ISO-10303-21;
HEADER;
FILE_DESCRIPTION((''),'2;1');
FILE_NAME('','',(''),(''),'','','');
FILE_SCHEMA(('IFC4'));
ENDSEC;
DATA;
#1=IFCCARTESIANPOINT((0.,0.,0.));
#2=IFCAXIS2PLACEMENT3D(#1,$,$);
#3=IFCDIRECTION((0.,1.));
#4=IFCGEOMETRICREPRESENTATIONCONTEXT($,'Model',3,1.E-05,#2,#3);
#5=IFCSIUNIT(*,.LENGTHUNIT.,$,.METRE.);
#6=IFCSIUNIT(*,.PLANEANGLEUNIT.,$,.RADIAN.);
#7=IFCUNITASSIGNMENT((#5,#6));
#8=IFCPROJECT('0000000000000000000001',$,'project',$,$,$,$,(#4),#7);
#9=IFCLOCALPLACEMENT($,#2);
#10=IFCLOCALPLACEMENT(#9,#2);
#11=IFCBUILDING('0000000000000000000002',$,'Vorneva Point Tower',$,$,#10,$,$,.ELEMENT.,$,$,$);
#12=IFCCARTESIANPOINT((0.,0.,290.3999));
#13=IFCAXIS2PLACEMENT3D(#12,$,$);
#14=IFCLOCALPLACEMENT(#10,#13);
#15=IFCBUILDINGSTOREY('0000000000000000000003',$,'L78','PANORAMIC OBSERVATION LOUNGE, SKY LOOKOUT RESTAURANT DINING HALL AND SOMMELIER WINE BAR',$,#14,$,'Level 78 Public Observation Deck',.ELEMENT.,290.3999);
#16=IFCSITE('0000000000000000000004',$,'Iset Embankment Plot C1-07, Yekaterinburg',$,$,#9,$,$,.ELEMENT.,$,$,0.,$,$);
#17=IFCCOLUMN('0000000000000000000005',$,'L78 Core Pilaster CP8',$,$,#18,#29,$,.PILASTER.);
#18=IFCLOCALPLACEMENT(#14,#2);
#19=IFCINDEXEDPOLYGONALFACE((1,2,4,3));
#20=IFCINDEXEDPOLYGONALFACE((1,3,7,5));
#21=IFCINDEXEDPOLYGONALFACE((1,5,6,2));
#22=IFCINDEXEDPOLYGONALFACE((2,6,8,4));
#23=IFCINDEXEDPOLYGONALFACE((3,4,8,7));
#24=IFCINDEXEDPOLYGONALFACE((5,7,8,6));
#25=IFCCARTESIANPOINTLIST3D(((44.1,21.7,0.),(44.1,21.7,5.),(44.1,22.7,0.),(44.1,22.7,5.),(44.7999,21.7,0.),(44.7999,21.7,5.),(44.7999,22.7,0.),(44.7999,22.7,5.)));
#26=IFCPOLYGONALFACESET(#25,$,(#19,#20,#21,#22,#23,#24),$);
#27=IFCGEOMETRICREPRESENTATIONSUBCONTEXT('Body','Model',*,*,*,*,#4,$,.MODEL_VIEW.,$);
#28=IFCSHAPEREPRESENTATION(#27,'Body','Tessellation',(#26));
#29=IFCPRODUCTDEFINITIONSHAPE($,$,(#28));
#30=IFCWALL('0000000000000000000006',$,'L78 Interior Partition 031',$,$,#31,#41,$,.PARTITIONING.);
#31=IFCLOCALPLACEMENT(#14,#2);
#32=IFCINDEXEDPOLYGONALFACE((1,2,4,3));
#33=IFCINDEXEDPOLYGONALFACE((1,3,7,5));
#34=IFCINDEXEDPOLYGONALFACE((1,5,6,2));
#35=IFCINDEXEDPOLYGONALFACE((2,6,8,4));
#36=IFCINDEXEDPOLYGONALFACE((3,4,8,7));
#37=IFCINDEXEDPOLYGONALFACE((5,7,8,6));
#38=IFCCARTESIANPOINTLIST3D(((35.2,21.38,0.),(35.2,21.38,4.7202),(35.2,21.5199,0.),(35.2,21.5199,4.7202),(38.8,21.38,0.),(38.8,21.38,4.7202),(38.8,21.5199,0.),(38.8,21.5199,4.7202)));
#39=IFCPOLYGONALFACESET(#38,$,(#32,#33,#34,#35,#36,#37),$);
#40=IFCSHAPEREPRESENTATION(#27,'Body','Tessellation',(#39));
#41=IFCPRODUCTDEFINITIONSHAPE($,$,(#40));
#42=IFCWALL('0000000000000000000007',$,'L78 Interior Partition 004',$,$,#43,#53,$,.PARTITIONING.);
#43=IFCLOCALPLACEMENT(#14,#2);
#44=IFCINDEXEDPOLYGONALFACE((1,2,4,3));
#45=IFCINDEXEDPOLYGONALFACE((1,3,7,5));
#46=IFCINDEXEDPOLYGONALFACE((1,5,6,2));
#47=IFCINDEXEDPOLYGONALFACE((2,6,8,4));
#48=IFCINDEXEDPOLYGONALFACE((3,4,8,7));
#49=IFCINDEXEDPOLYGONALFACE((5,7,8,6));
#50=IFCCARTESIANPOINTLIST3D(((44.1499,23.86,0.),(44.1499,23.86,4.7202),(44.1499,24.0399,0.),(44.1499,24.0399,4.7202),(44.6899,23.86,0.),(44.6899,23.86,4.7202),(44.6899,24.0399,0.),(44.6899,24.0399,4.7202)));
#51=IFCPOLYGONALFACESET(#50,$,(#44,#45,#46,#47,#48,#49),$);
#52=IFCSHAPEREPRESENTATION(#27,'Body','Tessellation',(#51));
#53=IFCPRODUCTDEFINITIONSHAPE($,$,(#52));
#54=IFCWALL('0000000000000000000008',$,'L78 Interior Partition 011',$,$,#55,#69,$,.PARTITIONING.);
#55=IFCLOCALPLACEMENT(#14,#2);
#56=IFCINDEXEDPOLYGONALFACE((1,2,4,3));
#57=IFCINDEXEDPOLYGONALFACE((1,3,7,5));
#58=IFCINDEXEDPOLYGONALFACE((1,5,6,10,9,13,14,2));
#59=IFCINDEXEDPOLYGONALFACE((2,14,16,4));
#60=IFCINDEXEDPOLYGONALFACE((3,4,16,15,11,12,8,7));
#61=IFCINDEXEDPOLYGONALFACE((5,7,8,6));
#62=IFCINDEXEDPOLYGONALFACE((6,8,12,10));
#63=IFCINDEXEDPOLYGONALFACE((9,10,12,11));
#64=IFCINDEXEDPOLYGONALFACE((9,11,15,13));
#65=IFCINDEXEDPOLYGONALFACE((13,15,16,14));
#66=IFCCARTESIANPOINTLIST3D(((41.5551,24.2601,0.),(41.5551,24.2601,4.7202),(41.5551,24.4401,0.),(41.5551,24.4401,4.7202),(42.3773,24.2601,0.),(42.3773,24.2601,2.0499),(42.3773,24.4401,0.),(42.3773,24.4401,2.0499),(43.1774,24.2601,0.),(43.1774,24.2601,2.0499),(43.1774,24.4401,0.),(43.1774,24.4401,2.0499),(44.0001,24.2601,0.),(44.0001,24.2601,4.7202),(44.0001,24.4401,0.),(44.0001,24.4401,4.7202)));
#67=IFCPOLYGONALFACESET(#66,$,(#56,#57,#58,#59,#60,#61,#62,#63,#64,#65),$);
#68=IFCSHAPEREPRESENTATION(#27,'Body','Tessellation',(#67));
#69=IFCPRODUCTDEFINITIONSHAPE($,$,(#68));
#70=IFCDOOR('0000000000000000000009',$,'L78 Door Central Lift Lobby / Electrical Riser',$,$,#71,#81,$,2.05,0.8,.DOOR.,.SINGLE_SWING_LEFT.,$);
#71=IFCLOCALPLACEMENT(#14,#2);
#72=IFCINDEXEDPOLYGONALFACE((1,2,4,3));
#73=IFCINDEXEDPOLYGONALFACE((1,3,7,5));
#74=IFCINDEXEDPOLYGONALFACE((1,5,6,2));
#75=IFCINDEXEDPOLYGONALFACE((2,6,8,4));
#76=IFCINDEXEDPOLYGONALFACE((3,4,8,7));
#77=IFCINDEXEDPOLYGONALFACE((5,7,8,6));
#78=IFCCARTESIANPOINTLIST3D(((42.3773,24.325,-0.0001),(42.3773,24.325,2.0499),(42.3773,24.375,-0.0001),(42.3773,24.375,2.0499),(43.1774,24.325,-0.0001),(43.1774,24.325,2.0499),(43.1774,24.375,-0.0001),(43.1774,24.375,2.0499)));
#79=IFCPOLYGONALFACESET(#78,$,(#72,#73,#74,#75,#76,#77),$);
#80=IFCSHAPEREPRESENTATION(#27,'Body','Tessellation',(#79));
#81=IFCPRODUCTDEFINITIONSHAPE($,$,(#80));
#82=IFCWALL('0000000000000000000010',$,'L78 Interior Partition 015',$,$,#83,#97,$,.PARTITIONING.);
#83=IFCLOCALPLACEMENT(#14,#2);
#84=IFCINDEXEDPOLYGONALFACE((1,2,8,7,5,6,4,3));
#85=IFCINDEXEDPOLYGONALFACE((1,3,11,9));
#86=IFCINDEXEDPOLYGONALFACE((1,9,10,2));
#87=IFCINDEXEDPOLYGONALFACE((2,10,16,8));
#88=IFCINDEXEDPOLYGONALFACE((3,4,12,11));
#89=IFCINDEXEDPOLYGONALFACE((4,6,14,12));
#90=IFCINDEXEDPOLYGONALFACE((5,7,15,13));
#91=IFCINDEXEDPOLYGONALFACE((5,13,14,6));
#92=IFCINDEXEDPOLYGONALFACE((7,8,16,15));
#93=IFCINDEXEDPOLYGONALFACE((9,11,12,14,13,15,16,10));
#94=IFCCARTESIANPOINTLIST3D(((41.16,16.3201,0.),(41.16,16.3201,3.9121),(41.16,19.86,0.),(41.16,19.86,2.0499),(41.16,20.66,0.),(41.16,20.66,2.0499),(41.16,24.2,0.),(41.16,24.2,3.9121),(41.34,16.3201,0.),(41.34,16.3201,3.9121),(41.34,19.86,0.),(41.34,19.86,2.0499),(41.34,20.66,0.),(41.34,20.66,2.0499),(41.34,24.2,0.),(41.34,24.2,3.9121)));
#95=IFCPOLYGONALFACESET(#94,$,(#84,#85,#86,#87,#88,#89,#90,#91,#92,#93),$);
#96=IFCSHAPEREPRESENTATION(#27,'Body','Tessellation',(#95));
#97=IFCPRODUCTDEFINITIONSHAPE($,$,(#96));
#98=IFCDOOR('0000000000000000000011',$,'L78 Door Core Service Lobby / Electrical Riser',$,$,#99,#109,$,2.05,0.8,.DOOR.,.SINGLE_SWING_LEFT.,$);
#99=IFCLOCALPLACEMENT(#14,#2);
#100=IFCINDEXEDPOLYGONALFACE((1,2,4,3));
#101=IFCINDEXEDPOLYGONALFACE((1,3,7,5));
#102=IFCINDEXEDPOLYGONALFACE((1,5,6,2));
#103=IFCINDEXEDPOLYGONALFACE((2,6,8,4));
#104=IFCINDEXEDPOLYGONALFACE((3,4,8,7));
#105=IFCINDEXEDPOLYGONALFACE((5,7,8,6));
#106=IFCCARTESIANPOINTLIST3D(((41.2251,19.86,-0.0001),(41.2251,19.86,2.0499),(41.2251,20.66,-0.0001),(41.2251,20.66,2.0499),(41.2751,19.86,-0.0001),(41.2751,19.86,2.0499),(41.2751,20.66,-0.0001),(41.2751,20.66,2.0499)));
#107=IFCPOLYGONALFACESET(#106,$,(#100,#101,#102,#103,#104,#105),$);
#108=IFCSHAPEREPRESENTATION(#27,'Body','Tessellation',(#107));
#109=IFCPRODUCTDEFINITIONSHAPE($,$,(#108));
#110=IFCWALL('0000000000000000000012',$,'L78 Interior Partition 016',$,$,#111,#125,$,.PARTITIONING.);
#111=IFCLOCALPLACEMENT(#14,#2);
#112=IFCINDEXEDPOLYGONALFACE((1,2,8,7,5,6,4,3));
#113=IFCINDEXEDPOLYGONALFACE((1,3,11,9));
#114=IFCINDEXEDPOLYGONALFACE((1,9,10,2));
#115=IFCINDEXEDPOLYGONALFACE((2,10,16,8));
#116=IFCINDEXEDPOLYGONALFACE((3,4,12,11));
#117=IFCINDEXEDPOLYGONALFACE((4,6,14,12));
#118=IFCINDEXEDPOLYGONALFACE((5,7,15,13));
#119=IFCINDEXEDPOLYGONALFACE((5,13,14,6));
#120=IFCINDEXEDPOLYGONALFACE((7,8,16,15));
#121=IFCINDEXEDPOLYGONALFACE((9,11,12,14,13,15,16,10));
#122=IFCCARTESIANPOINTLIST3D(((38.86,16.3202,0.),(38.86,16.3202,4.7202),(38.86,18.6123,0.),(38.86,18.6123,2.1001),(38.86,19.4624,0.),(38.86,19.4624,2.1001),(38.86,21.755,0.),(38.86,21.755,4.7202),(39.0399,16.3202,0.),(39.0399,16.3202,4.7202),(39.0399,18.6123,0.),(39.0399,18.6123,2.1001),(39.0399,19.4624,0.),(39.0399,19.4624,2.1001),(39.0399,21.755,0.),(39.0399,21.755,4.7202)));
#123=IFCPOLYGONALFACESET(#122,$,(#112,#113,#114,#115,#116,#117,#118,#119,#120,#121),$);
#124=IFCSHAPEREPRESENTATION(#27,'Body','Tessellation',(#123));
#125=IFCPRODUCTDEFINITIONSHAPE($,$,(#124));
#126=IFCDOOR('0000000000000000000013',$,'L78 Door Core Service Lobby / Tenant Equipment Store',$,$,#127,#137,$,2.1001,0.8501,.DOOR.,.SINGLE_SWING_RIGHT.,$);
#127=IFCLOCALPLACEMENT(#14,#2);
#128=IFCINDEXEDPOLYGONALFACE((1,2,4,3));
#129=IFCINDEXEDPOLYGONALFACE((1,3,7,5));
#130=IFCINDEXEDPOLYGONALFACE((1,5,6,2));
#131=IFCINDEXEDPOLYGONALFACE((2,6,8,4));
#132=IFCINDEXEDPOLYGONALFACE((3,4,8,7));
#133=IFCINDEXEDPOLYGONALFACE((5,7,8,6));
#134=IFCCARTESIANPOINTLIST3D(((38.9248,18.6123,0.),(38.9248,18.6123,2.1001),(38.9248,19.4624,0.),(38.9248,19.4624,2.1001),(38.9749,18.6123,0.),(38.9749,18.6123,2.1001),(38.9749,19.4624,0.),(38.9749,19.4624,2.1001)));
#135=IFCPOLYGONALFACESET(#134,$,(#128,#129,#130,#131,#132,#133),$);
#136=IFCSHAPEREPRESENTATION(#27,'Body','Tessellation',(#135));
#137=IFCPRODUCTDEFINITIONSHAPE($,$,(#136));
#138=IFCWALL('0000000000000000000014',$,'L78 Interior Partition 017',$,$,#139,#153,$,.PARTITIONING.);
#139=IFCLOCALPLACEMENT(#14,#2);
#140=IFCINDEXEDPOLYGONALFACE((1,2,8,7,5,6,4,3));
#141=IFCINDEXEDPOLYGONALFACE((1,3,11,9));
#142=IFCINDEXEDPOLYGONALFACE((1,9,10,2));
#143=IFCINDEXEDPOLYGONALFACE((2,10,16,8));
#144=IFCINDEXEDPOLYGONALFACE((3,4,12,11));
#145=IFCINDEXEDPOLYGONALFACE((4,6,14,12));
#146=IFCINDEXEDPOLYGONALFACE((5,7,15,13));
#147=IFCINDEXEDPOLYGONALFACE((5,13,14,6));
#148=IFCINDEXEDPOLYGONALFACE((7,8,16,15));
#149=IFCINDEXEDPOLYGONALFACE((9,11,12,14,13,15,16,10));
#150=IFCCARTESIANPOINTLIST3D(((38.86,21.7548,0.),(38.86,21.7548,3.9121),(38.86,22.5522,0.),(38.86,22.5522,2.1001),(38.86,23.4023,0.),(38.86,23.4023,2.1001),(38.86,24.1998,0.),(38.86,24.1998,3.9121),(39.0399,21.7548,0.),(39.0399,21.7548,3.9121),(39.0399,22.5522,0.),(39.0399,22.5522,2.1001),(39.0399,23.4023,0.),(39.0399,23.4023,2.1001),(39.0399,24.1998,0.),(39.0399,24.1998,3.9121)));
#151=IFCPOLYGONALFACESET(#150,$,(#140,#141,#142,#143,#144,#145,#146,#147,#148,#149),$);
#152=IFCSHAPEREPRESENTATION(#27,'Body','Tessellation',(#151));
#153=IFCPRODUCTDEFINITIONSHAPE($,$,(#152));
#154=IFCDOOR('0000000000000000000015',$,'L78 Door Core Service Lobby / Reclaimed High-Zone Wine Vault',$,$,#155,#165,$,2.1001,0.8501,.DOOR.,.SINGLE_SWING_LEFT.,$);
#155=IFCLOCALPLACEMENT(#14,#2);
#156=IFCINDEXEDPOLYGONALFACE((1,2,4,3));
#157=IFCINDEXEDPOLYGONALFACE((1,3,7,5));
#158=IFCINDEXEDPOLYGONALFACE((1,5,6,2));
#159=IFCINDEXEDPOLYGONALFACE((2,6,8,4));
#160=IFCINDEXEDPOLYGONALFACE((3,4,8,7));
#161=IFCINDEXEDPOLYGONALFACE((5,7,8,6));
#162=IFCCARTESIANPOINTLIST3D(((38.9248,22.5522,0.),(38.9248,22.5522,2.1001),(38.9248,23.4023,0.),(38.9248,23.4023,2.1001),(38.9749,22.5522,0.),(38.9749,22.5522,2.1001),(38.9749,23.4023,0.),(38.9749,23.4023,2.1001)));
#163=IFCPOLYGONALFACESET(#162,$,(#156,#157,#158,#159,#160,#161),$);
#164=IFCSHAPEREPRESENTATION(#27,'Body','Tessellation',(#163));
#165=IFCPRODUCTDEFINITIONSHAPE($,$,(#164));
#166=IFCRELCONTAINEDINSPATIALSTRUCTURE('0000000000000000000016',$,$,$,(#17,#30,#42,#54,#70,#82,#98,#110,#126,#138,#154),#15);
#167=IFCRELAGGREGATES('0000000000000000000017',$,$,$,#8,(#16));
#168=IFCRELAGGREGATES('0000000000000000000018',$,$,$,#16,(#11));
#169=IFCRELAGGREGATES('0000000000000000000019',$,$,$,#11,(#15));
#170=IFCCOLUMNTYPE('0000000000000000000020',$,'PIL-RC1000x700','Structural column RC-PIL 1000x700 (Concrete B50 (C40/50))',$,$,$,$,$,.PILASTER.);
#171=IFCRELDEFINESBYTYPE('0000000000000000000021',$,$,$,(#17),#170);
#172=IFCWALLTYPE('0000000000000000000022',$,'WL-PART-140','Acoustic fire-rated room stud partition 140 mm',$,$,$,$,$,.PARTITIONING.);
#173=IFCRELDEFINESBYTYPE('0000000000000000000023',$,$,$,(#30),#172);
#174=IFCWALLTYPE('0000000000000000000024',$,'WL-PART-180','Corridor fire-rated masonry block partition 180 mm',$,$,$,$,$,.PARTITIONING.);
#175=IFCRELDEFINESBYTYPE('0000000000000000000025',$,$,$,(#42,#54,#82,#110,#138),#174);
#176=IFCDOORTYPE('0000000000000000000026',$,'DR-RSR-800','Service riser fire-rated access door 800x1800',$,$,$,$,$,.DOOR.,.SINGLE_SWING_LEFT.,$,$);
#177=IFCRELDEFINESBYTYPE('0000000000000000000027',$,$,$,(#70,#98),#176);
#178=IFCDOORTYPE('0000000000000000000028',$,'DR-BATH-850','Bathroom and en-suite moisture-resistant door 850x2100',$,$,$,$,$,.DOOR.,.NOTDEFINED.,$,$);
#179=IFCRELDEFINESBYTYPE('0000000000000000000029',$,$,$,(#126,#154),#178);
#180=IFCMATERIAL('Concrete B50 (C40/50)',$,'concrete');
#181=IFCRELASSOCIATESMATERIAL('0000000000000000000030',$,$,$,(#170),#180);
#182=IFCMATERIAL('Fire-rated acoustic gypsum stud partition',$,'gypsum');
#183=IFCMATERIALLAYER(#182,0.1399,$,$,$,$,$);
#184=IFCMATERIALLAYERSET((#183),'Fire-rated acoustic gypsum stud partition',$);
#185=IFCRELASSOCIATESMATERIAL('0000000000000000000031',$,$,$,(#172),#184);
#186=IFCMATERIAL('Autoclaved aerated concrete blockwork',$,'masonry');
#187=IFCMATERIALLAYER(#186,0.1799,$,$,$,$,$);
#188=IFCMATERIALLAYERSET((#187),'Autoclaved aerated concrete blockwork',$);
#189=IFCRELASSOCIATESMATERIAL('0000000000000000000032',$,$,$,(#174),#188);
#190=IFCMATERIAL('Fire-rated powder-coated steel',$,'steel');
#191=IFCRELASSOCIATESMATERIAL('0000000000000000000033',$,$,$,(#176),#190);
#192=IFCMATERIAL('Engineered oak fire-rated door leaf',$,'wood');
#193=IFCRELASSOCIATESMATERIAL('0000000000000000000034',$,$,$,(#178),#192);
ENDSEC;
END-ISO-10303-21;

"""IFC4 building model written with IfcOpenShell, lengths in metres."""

from ifc_helpers import new_model, si_unit, direction, frame, frame_2d, origin, origin_2d, place, context, subcontext, project, spatial, rectangle, extrude, material, layer, layer_set, material_profile, profile_set, type_object, element, fill, save


model = new_model("IFC4")

# Units and contexts
model_context = context("Model", 3, precision=1e-05, world=origin(), true_north=direction((0.0, 1.0)))
body_context = subcontext(model_context, "Body", "Model", "MODEL_VIEW")
ifc_project = project(units=[si_unit("LENGTHUNIT", "METRE"), si_unit("PLANEANGLEUNIT", "RADIAN")], contexts=[model_context])

# Site, building, storey
site_placement = place(None, origin())
site = spatial("IfcSite", under=ifc_project, at=site_placement, Name="Iset Embankment Plot C1-07, Yekaterinburg", CompositionType="ELEMENT", RefElevation=0.0)
building_placement = place(site_placement, origin())
building = spatial("IfcBuilding", under=site, at=building_placement, Name="Vorneva Point Tower", CompositionType="ELEMENT")
storey_placement = place(building_placement, frame((0.0, 0.0, 290.3999)))
storey = spatial("IfcBuildingStorey", under=building, at=storey_placement, Name="L78", Description="PANORAMIC OBSERVATION LOUNGE, SKY LOOKOUT RESTAURANT DINING HALL AND SOMMELIER WINE BAR", LongName="Level 78 Public Observation Deck", CompositionType="ELEMENT", Elevation=290.3999)

# Column
ifc_material_1 = material(Name="Concrete B50 (C40/50)", Category="concrete")
ifc_material_profile = material_profile(ifc_material_1, rectangle(XDim=0.7, YDim=1.0, at=origin_2d()), Name="RC-PIL 1000x700")
ifc_profile_set = profile_set([ifc_material_profile], Name="Concrete B50 (C40/50)")
column_type = type_object("IfcColumnType", Name="PIL-RC1000x700", Description="Structural column RC-PIL 1000x700 (Concrete B50 (C40/50))", PredefinedType="PILASTER", material=ifc_profile_set)
column_placement = place(storey_placement, frame((44.45, 22.2, 0.0), z_axis=(0.0, 0.0, 1.0), x_axis=(1.0, 0.0, 0.0)))
element("IfcColumn", 1, at=column_placement, inside=storey, type_object=column_type, Name="L78 Core Pilaster CP8", PredefinedType="PILASTER", context=body_context, shape_type="SweptSolid", body=[
    extrude(rectangle(XDim=0.7, YDim=1.0, at=origin_2d()), origin(), (0.0, 0.0, 1.0), 5.0),
])

# Walls
ifc_material_2 = material(Name="Fire-rated acoustic gypsum stud partition", Category="gypsum")
ifc_layer_1 = layer(ifc_material_2, 0.1399)
ifc_layer_set_1 = layer_set([ifc_layer_1], Name="Fire-rated acoustic gypsum stud partition")
wall_type_1 = type_object("IfcWallType", Name="WL-PART-140", Description="Acoustic fire-rated room stud partition 140 mm", PredefinedType="PARTITIONING", material=ifc_layer_set_1)
wall_1_placement = place(storey_placement, frame((38.8, 21.45, 0.0), z_axis=(0.0, 0.0, 1.0), x_axis=(-1.0, 0.0, 0.0)))
element("IfcWall", 2, at=wall_1_placement, inside=storey, type_object=wall_type_1, Name="L78 Interior Partition 031", PredefinedType="PARTITIONING", context=body_context, shape_type="SweptSolid", body=[
    extrude(rectangle(XDim=3.6001, YDim=0.1399, at=frame_2d((1.8, 0.0))), origin(), (0.0, 0.0, 1.0), 4.7202),
])
ifc_material_3 = material(Name="Autoclaved aerated concrete blockwork", Category="masonry")
ifc_layer_2 = layer(ifc_material_3, 0.1799)
ifc_layer_set_2 = layer_set([ifc_layer_2], Name="Autoclaved aerated concrete blockwork")
wall_type_2 = type_object("IfcWallType", Name="WL-PART-180", Description="Corridor fire-rated masonry block partition 180 mm", PredefinedType="PARTITIONING", material=ifc_layer_set_2)
wall_2_placement = place(storey_placement, frame((44.1499, 23.95, 0.0), z_axis=(0.0, 0.0, 1.0), x_axis=(1.0, 0.0, 0.0)))
element("IfcWall", 3, at=wall_2_placement, inside=storey, type_object=wall_type_2, Name="L78 Interior Partition 004", PredefinedType="PARTITIONING", context=body_context, shape_type="SweptSolid", body=[
    extrude(rectangle(XDim=0.54, YDim=0.1799, at=frame_2d((0.27, 0.0))), origin(), (0.0, 0.0, 1.0), 4.7202),
])

# Walls, openings, doors
ifc_material_4 = material(Name="Fire-rated powder-coated steel", Category="steel")
wall_3_placement = place(storey_placement, frame((41.5549, 24.3501, 0.0), z_axis=(0.0, 0.0, 1.0), x_axis=(1.0, 0.0, 0.0)))
wall_3 = element("IfcWall", 4, at=wall_3_placement, inside=storey, type_object=wall_type_2, Name="L78 Interior Partition 011", PredefinedType="PARTITIONING", context=body_context, shape_type="SweptSolid", body=[
    extrude(rectangle(XDim=2.4451, YDim=0.1799, at=frame_2d((1.2227, 0.0))), origin(), (0.0, 0.0, 1.0), 4.7202),
])
opening_1_placement = place(wall_3_placement, frame((0.8225, 0.0, 0.0)))
opening_1 = element("IfcOpeningElement", 5, at=opening_1_placement, cuts=wall_3, PredefinedType="OPENING", context=body_context, shape_type="SweptSolid", body=[
    extrude(rectangle(XDim=0.8, YDim=2.05, at=frame_2d((0.3999, 1.0249))), frame((0.0, 0.105, 0.0), z_axis=(0.0, -1.0, 0.0), x_axis=(1.0, 0.0, 0.0)), (0.0, 0.0, 1.0), 0.2097),
])
door_type_1 = type_object("IfcDoorType", Name="DR-RSR-800", Description="Service riser fire-rated access door 800x1800", OperationType="SINGLE_SWING_LEFT", PredefinedType="DOOR", material=ifc_material_4)
door_1_placement = place(opening_1_placement, origin())
door_1 = element("IfcDoor", 6, at=door_1_placement, inside=storey, type_object=door_type_1, Name="L78 Door Central Lift Lobby / Electrical Riser", OperationType="SINGLE_SWING_LEFT", OverallHeight=2.05, OverallWidth=0.8, PredefinedType="DOOR", context=body_context, shape_type="SweptSolid", body=[
    extrude(rectangle(XDim=0.8, YDim=2.05, at=frame_2d((0.3999, 1.0249))), frame((0.0, 0.0249, 0.0), z_axis=(0.0, -1.0, 0.0), x_axis=(1.0, 0.0, 0.0)), (0.0, 0.0, 1.0), 0.05),
])
fill(opening_1, door_1)
wall_4_placement = place(storey_placement, frame((41.25, 16.3201, 0.0), z_axis=(0.0, 0.0, 1.0), x_axis=(0.0, 1.0, 0.0)))
wall_4 = element("IfcWall", 7, at=wall_4_placement, inside=storey, type_object=wall_type_2, Name="L78 Interior Partition 015", PredefinedType="PARTITIONING", context=body_context, shape_type="SweptSolid", body=[
    extrude(rectangle(XDim=7.8799, YDim=0.1799, at=frame_2d((3.9399, 0.0))), origin(), (0.0, 0.0, 1.0), 3.9121),
])
opening_2_placement = place(wall_4_placement, frame((3.54, 0.0, 0.0)))
opening_2 = element("IfcOpeningElement", 8, at=opening_2_placement, cuts=wall_4, PredefinedType="OPENING", context=body_context, shape_type="SweptSolid", body=[
    extrude(rectangle(XDim=0.8, YDim=2.05, at=frame_2d((0.3999, 1.0249))), frame((0.0, 0.105, 0.0), z_axis=(0.0, -1.0, 0.0), x_axis=(1.0, 0.0, 0.0)), (0.0, 0.0, 1.0), 0.2097),
])
door_2_placement = place(opening_2_placement, origin())
door_2 = element("IfcDoor", 9, at=door_2_placement, inside=storey, type_object=door_type_1, Name="L78 Door Core Service Lobby / Electrical Riser", OperationType="SINGLE_SWING_LEFT", OverallHeight=2.05, OverallWidth=0.8, PredefinedType="DOOR", context=body_context, shape_type="SweptSolid", body=[
    extrude(rectangle(XDim=0.8, YDim=2.05, at=frame_2d((0.3999, 1.0249))), frame((0.0, 0.0249, 0.0), z_axis=(0.0, -1.0, 0.0), x_axis=(1.0, 0.0, 0.0)), (0.0, 0.0, 1.0), 0.05),
])
fill(opening_2, door_2)
wall_5_placement = place(storey_placement, frame((38.95, 21.7549, 0.0), z_axis=(0.0, 0.0, 1.0), x_axis=(0.0, -1.0, 0.0)))
wall_5 = element("IfcWall", 10, at=wall_5_placement, inside=storey, type_object=wall_type_2, Name="L78 Interior Partition 016", PredefinedType="PARTITIONING", context=body_context, shape_type="SweptSolid", body=[
    extrude(rectangle(XDim=5.4348, YDim=0.1799, at=frame_2d((2.7173, 0.0))), origin(), (0.0, 0.0, 1.0), 4.7202),
])
opening_3_placement = place(wall_5_placement, frame((2.2925, 0.0, 0.0)))
opening_3 = element("IfcOpeningElement", 11, at=opening_3_placement, cuts=wall_5, PredefinedType="OPENING", context=body_context, shape_type="SweptSolid", body=[
    extrude(rectangle(XDim=0.8501, YDim=2.1001, at=frame_2d((0.425, 1.05))), frame((0.0, 0.105, 0.0), z_axis=(0.0, -1.0, 0.0), x_axis=(1.0, 0.0, 0.0)), (0.0, 0.0, 1.0), 0.2097),
])
ifc_material_5 = material(Name="Engineered oak fire-rated door leaf", Category="wood")
door_type_2 = type_object("IfcDoorType", Name="DR-BATH-850", Description="Bathroom and en-suite moisture-resistant door 850x2100", OperationType="NOTDEFINED", PredefinedType="DOOR", material=ifc_material_5)
door_3_placement = place(opening_3_placement, origin())
door_3 = element("IfcDoor", 12, at=door_3_placement, inside=storey, type_object=door_type_2, Name="L78 Door Core Service Lobby / Tenant Equipment Store", OperationType="SINGLE_SWING_RIGHT", OverallHeight=2.1001, OverallWidth=0.8501, PredefinedType="DOOR", context=body_context, shape_type="SweptSolid", body=[
    extrude(rectangle(XDim=0.8501, YDim=2.1001, at=frame_2d((0.425, 1.05))), frame((0.0, 0.0249, 0.0), z_axis=(0.0, -1.0, 0.0), x_axis=(1.0, 0.0, 0.0)), (0.0, 0.0, 1.0), 0.05),
])
fill(opening_3, door_3)
wall_6_placement = place(storey_placement, frame((38.95, 24.2, 0.0), z_axis=(0.0, 0.0, 1.0), x_axis=(0.0, -1.0, 0.0)))
wall_6 = element("IfcWall", 13, at=wall_6_placement, inside=storey, type_object=wall_type_2, Name="L78 Interior Partition 017", PredefinedType="PARTITIONING", context=body_context, shape_type="SweptSolid", body=[
    extrude(rectangle(XDim=2.4451, YDim=0.1799, at=frame_2d((1.2227, 0.0))), origin(), (0.0, 0.0, 1.0), 3.9121),
])
opening_4_placement = place(wall_6_placement, frame((0.7976, 0.0, 0.0)))
opening_4 = element("IfcOpeningElement", 14, at=opening_4_placement, cuts=wall_6, PredefinedType="OPENING", context=body_context, shape_type="SweptSolid", body=[
    extrude(rectangle(XDim=0.8501, YDim=2.1001, at=frame_2d((0.425, 1.05))), frame((0.0, 0.105, 0.0), z_axis=(0.0, -1.0, 0.0), x_axis=(1.0, 0.0, 0.0)), (0.0, 0.0, 1.0), 0.2097),
])
door_4_placement = place(opening_4_placement, origin())
door_4 = element("IfcDoor", 15, at=door_4_placement, inside=storey, type_object=door_type_2, Name="L78 Door Core Service Lobby / Reclaimed High-Zone Wine Vault", OperationType="SINGLE_SWING_LEFT", OverallHeight=2.1001, OverallWidth=0.8501, PredefinedType="DOOR", context=body_context, shape_type="SweptSolid", body=[
    extrude(rectangle(XDim=0.8501, YDim=2.1001, at=frame_2d((0.425, 1.05))), frame((0.0, 0.0249, 0.0), z_axis=(0.0, -1.0, 0.0), x_axis=(1.0, 0.0, 0.0)), (0.0, 0.0, 1.0), 0.05),
])
fill(opening_4, door_4)

save(model, "model.ifc")
